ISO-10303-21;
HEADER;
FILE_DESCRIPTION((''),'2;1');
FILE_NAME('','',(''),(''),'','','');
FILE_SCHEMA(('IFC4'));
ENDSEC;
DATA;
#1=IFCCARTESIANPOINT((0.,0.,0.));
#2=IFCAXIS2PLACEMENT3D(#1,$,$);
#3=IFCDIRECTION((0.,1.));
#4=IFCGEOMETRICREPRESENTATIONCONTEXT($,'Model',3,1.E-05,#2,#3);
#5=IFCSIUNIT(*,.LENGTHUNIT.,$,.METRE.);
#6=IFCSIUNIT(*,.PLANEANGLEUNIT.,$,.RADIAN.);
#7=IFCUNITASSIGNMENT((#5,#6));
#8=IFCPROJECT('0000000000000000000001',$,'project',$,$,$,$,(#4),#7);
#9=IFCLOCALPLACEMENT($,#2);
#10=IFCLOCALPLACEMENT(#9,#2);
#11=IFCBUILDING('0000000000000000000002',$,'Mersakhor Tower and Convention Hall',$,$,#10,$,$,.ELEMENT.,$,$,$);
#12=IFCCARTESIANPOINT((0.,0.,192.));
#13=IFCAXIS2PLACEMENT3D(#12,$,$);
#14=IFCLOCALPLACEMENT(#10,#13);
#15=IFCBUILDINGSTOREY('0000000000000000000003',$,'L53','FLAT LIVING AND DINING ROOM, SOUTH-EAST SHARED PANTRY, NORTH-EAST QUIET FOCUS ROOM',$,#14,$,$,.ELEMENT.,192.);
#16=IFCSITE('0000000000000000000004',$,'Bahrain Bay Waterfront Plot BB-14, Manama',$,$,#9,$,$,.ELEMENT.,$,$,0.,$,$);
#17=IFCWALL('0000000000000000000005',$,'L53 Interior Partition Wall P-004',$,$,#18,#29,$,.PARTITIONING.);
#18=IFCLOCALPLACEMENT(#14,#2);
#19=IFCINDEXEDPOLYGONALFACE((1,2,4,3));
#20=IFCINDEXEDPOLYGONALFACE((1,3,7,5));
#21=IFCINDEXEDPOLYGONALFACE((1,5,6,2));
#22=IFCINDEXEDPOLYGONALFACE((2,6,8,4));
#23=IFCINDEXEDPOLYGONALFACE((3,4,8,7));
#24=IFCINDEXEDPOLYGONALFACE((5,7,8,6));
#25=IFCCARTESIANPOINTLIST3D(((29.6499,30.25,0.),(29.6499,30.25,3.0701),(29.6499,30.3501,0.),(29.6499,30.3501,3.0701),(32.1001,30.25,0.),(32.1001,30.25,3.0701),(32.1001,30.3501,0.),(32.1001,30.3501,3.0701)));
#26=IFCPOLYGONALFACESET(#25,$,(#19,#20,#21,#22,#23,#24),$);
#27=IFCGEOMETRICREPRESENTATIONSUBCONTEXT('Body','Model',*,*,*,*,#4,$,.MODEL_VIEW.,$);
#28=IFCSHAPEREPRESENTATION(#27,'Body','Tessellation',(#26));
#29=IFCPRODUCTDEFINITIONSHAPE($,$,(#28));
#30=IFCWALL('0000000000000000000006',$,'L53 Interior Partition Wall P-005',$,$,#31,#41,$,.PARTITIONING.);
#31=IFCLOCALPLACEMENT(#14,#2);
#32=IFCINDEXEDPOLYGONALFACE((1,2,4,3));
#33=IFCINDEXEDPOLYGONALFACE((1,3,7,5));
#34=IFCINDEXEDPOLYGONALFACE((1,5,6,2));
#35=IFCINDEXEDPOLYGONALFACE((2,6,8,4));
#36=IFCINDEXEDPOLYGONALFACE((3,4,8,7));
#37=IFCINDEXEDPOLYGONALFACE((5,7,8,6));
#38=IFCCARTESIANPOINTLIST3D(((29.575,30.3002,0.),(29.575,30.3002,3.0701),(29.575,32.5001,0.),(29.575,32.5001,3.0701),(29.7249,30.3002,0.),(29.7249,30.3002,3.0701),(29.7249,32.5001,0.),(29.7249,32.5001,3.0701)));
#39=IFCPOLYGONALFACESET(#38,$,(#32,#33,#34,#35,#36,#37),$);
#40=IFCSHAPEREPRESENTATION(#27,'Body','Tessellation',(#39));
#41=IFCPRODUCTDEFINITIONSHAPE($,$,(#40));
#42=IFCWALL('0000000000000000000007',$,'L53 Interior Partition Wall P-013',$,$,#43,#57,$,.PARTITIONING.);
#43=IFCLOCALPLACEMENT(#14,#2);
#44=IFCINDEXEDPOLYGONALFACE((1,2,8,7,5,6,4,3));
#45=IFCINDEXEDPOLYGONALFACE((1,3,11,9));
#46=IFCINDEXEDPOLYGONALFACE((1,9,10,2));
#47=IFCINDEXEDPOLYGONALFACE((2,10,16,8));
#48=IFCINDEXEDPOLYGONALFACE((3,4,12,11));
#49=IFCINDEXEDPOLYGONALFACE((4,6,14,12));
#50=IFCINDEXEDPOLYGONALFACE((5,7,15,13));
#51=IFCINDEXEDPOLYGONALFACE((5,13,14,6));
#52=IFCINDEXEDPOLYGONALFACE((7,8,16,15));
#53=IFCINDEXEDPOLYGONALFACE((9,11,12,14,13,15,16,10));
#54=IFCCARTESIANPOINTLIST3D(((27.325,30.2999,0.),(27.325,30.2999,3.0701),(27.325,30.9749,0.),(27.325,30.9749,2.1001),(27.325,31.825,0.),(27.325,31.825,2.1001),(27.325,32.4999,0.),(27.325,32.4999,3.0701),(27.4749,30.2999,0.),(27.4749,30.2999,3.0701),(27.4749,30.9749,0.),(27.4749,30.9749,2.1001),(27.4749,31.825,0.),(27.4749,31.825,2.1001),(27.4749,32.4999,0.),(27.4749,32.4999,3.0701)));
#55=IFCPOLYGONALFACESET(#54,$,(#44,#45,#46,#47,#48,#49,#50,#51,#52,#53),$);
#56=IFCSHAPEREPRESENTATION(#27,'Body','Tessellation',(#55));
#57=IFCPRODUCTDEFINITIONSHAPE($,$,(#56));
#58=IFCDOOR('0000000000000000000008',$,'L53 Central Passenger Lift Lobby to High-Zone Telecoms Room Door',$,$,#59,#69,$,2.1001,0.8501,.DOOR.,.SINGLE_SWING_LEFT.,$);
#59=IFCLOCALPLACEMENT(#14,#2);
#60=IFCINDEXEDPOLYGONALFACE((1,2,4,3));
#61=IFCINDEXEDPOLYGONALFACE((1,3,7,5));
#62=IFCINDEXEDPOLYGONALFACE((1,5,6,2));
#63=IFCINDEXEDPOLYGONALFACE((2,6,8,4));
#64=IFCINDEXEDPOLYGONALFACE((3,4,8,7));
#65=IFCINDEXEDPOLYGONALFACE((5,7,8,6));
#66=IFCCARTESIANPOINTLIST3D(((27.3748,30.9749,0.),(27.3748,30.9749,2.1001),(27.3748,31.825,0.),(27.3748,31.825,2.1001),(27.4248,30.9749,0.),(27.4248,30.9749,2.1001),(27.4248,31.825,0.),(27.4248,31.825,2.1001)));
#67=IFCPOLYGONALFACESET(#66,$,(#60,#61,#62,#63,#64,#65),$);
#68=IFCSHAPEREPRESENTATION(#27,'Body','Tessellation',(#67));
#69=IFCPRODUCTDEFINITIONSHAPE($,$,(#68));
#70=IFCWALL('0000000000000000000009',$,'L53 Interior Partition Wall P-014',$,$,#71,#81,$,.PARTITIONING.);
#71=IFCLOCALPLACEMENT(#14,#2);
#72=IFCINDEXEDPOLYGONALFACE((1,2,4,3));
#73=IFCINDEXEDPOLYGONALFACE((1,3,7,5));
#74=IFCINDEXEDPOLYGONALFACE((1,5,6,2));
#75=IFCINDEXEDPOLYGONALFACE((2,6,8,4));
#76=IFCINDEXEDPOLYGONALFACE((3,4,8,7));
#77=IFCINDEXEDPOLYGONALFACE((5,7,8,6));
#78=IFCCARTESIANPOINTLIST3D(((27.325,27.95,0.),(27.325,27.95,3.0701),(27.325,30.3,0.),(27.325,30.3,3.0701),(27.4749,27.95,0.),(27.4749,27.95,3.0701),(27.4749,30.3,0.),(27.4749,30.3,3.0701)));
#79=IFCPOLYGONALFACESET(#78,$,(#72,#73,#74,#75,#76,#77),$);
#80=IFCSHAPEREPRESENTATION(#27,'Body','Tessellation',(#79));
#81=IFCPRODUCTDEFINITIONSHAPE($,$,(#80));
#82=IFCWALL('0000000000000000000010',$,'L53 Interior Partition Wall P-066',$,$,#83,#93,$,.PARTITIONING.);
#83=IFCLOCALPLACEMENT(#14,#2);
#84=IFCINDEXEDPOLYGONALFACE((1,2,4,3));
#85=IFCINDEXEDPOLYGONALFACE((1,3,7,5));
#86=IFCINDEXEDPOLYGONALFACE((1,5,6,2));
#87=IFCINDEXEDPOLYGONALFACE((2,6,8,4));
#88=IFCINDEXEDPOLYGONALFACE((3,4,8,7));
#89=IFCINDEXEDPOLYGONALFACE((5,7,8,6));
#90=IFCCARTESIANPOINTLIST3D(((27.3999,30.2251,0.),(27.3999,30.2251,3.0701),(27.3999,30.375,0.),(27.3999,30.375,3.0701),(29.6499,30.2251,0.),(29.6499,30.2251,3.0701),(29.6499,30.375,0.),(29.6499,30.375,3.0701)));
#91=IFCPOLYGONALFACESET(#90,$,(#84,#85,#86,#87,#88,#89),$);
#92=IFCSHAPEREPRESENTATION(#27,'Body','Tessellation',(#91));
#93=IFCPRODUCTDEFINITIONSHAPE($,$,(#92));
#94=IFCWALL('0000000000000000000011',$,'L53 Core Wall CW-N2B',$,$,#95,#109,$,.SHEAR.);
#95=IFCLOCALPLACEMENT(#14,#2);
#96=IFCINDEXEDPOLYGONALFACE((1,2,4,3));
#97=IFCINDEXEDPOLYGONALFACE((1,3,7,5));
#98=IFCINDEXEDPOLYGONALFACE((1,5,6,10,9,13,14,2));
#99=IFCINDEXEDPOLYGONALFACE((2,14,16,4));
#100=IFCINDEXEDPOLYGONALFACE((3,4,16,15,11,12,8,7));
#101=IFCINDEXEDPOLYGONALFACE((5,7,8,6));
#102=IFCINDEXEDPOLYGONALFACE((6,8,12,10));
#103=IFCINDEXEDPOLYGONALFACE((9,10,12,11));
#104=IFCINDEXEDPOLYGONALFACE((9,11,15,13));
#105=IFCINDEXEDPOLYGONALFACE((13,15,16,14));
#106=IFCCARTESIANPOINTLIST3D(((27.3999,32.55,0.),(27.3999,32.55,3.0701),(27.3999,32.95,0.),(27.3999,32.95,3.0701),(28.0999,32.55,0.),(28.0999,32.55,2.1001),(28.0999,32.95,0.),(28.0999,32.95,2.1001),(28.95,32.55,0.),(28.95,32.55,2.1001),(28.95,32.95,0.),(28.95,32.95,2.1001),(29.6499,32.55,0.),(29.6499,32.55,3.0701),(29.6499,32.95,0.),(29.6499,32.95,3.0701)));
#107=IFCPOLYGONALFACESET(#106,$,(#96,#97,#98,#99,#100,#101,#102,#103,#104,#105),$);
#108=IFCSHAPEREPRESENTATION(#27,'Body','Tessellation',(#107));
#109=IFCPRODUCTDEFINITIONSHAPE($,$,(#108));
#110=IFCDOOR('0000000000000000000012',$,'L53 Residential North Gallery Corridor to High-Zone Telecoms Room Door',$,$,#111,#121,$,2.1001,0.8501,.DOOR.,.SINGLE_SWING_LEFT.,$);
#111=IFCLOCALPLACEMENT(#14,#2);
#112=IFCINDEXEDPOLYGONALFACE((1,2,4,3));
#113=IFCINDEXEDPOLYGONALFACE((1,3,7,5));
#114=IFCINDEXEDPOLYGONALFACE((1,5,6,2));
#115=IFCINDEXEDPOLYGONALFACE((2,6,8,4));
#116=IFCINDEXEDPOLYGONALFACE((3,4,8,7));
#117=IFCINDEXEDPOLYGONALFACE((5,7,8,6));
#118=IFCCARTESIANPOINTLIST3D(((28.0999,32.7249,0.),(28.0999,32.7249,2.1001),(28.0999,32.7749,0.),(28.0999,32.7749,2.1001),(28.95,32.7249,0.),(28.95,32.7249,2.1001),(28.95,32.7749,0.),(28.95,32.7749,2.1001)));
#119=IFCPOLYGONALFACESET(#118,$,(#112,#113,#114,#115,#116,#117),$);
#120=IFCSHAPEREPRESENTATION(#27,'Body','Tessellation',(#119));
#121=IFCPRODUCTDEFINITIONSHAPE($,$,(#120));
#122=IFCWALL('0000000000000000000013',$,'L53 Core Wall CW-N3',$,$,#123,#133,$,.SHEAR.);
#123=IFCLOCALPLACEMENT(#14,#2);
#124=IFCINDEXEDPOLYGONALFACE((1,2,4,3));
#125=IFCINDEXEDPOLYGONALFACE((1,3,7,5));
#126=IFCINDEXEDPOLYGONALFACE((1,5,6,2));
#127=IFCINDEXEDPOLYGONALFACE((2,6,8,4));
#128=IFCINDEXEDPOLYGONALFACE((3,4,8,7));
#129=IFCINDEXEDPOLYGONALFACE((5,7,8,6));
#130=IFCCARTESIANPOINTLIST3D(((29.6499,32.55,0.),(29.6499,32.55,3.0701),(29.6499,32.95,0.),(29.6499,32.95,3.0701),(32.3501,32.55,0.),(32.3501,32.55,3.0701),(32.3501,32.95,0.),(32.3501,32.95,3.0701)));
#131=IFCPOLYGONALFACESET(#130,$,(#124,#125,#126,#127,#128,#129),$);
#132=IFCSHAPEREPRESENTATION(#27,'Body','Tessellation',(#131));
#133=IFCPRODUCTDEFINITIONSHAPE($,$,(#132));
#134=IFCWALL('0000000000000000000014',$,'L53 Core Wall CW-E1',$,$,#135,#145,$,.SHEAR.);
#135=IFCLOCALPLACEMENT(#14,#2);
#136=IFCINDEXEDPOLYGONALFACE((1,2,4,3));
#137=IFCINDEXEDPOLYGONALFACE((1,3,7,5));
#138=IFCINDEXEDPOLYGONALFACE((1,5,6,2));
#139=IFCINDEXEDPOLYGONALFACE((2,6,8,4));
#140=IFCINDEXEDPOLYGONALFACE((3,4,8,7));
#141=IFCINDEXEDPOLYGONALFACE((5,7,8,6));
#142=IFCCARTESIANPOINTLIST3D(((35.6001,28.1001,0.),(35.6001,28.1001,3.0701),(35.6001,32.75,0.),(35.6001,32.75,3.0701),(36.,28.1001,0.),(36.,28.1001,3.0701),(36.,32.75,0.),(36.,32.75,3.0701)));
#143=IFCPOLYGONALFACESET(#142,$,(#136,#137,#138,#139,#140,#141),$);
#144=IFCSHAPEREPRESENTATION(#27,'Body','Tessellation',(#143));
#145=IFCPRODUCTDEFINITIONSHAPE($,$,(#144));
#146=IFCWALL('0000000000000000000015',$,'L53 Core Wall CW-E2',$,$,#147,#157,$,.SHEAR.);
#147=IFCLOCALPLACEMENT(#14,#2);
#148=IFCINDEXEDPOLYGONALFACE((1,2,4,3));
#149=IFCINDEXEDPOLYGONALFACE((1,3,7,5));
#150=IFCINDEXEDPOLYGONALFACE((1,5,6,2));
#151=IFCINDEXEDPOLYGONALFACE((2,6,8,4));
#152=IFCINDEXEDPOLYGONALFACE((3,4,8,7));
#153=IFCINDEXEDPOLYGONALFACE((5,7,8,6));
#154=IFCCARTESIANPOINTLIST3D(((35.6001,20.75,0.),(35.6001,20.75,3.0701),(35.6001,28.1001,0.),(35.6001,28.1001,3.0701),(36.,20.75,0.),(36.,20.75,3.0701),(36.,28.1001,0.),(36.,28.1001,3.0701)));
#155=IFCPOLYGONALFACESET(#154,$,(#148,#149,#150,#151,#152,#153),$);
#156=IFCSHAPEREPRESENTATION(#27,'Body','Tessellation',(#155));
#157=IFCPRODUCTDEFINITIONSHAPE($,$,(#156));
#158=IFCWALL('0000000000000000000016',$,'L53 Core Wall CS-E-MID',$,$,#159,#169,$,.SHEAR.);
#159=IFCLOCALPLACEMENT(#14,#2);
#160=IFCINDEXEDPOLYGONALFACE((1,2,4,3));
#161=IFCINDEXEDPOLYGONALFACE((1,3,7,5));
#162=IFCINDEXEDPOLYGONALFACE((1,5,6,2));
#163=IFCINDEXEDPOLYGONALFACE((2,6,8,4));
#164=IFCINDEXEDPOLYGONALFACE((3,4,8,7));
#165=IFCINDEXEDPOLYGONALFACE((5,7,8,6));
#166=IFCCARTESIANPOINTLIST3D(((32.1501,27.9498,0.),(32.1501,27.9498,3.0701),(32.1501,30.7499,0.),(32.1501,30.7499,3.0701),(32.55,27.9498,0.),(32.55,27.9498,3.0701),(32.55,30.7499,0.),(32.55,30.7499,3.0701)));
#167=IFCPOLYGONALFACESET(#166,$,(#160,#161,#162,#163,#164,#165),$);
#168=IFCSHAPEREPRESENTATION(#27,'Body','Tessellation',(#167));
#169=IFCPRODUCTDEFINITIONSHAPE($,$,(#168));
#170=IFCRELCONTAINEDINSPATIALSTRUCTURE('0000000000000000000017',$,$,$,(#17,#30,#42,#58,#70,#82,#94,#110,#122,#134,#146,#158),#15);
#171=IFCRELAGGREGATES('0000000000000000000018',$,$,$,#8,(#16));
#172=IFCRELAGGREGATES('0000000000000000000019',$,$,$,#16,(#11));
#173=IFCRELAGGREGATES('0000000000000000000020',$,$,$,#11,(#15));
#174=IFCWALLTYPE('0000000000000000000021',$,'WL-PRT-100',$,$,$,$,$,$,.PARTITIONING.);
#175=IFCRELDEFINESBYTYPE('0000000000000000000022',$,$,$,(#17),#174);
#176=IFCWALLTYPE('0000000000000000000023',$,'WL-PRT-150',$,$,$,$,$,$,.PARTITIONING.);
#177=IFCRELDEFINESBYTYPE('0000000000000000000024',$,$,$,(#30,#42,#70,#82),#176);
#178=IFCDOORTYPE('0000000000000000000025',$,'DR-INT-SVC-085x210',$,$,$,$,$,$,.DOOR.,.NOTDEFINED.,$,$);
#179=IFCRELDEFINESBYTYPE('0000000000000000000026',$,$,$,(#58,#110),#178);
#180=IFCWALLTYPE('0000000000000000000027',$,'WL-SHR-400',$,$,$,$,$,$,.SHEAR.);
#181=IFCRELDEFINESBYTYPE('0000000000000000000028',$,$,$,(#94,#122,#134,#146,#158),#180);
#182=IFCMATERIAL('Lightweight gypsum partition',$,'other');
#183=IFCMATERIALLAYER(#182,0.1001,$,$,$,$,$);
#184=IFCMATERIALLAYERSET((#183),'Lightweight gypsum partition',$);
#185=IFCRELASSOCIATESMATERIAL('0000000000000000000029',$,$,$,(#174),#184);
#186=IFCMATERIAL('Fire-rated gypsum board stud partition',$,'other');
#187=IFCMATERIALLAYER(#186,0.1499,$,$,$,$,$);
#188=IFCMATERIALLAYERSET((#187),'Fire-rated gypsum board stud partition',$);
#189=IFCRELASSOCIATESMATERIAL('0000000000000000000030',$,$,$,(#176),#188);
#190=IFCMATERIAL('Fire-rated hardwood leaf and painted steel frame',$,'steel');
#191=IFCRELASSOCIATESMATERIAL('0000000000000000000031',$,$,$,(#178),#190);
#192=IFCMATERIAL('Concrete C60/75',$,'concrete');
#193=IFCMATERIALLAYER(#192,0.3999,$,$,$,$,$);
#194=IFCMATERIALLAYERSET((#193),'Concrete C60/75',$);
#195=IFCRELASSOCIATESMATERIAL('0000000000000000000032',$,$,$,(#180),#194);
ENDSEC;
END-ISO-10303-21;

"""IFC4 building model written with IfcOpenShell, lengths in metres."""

from ifc_helpers import new_model, si_unit, direction, frame, frame_2d, origin, place, context, subcontext, project, spatial, rectangle, extrude, material, layer, layer_set, type_object, element, fill, save


model = new_model("IFC4")

# Units and contexts
model_context = context("Model", 3, precision=1e-05, world=origin(), true_north=direction((0.0, 1.0)))
body_context = subcontext(model_context, "Body", "Model", "MODEL_VIEW")
ifc_project = project(units=[si_unit("LENGTHUNIT", "METRE"), si_unit("PLANEANGLEUNIT", "RADIAN")], contexts=[model_context])

# Site, building, storey
site_placement = place(None, origin())
site = spatial("IfcSite", under=ifc_project, at=site_placement, Name="Bahrain Bay Waterfront Plot BB-14, Manama", CompositionType="ELEMENT", RefElevation=0.0)
building_placement = place(site_placement, origin())
building = spatial("IfcBuilding", under=site, at=building_placement, Name="Mersakhor Tower and Convention Hall", CompositionType="ELEMENT")
storey_placement = place(building_placement, frame((0.0, 0.0, 192.0)))
storey = spatial("IfcBuildingStorey", under=building, at=storey_placement, Name="L53", Description="FLAT LIVING AND DINING ROOM, SOUTH-EAST SHARED PANTRY, NORTH-EAST QUIET FOCUS ROOM", CompositionType="ELEMENT", Elevation=192.0)

# Walls
ifc_material_1 = material(Name="Lightweight gypsum partition", Category="other")
ifc_layer_1 = layer(ifc_material_1, 0.1001)
ifc_layer_set_1 = layer_set([ifc_layer_1], Name="Lightweight gypsum partition")
wall_type_1 = type_object("IfcWallType", Name="WL-PRT-100", PredefinedType="PARTITIONING", material=ifc_layer_set_1)
wall_1_placement = place(storey_placement, frame((32.1001, 30.3, 0.0), z_axis=(0.0, 0.0, 1.0), x_axis=(-1.0, 0.0, 0.0)))
element("IfcWall", 1, at=wall_1_placement, inside=storey, type_object=wall_type_1, Name="L53 Interior Partition Wall P-004", PredefinedType="PARTITIONING", context=body_context, shape_type="SweptSolid", body=[
    extrude(rectangle(XDim=2.4502, YDim=0.1001, at=frame_2d((1.2251, 0.0))), origin(), (0.0, 0.0, 1.0), 3.0701),
])
ifc_material_2 = material(Name="Fire-rated gypsum board stud partition", Category="other")
ifc_layer_2 = layer(ifc_material_2, 0.1499)
ifc_layer_set_2 = layer_set([ifc_layer_2], Name="Fire-rated gypsum board stud partition")
wall_type_2 = type_object("IfcWallType", Name="WL-PRT-150", PredefinedType="PARTITIONING", material=ifc_layer_set_2)
wall_2_placement = place(storey_placement, frame((29.6499, 30.3, 0.0), z_axis=(0.0, 0.0, 1.0), x_axis=(0.0, 1.0, 0.0)))
element("IfcWall", 2, at=wall_2_placement, inside=storey, type_object=wall_type_2, Name="L53 Interior Partition Wall P-005", PredefinedType="PARTITIONING", context=body_context, shape_type="SweptSolid", body=[
    extrude(rectangle(XDim=2.2, YDim=0.1499, at=frame_2d((1.1001, 0.0))), origin(), (0.0, 0.0, 1.0), 3.0701),
])

# Wall, opening, door
wall_3_placement = place(storey_placement, frame((27.3999, 32.5, 0.0), z_axis=(0.0, 0.0, 1.0), x_axis=(0.0, -1.0, 0.0)))
wall_3 = element("IfcWall", 3, at=wall_3_placement, inside=storey, type_object=wall_type_2, Name="L53 Interior Partition Wall P-013", PredefinedType="PARTITIONING", context=body_context, shape_type="SweptSolid", body=[
    extrude(rectangle(XDim=2.2, YDim=0.1499, at=frame_2d((1.1001, 0.0))), origin(), (0.0, 0.0, 1.0), 3.0701),
])
opening_1_placement = place(wall_3_placement, frame((0.675, 0.0, 0.0)))
opening_1 = element("IfcOpeningElement", 4, at=opening_1_placement, cuts=wall_3, PredefinedType="OPENING", context=body_context, shape_type="SweptSolid", body=[
    extrude(rectangle(XDim=0.8501, YDim=2.1001, at=frame_2d((0.425, 1.05))), frame((0.0, 0.085, 0.0), z_axis=(0.0, -1.0, 0.0), x_axis=(1.0, 0.0, 0.0)), (0.0, 0.0, 1.0), 0.1699),
])
ifc_material_3 = material(Name="Fire-rated hardwood leaf and painted steel frame", Category="steel")
door_type_1 = type_object("IfcDoorType", Name="DR-INT-SVC-085x210", OperationType="NOTDEFINED", PredefinedType="DOOR", material=ifc_material_3)
door_1_placement = place(opening_1_placement, origin())
door_1 = element("IfcDoor", 5, at=door_1_placement, inside=storey, type_object=door_type_1, Name="L53 Central Passenger Lift Lobby to High-Zone Telecoms Room Door", OperationType="SINGLE_SWING_LEFT", OverallHeight=2.1001, OverallWidth=0.8501, PredefinedType="DOOR", context=body_context, shape_type="SweptSolid", body=[
    extrude(rectangle(XDim=0.8501, YDim=2.1001, at=frame_2d((0.425, 1.05))), frame((0.0, 0.0249, 0.0), z_axis=(0.0, -1.0, 0.0), x_axis=(1.0, 0.0, 0.0)), (0.0, 0.0, 1.0), 0.05),
])
fill(opening_1, door_1)

# Wall
wall_4_placement = place(storey_placement, frame((27.3999, 30.3, 0.0), z_axis=(0.0, 0.0, 1.0), x_axis=(0.0, -1.0, 0.0)))
element("IfcWall", 6, at=wall_4_placement, inside=storey, type_object=wall_type_2, Name="L53 Interior Partition Wall P-014", PredefinedType="PARTITIONING", context=body_context, shape_type="SweptSolid", body=[
    extrude(rectangle(XDim=2.3501, YDim=0.1499, at=frame_2d((1.175, 0.0))), origin(), (0.0, 0.0, 1.0), 3.0701),
])

# Wall
wall_5_placement = place(storey_placement, frame((27.3999, 30.3, 0.0), z_axis=(0.0, 0.0, 1.0), x_axis=(1.0, 0.0, 0.0)))
element("IfcWall", 7, at=wall_5_placement, inside=storey, type_object=wall_type_2, Name="L53 Interior Partition Wall P-066", PredefinedType="PARTITIONING", context=body_context, shape_type="SweptSolid", body=[
    extrude(rectangle(XDim=2.25, YDim=0.1499, at=frame_2d((1.125, 0.0))), origin(), (0.0, 0.0, 1.0), 3.0701),
])

# Wall, opening, door
ifc_material_4 = material(Name="Concrete C60/75", Category="concrete")
ifc_layer_3 = layer(ifc_material_4, 0.3999)
ifc_layer_set_3 = layer_set([ifc_layer_3], Name="Concrete C60/75")
wall_type_3 = type_object("IfcWallType", Name="WL-SHR-400", PredefinedType="SHEAR", material=ifc_layer_set_3)
wall_6_placement = place(storey_placement, frame((27.3999, 32.75, 0.0), z_axis=(0.0, 0.0, 1.0), x_axis=(1.0, 0.0, 0.0)))
wall_6 = element("IfcWall", 8, at=wall_6_placement, inside=storey, type_object=wall_type_3, Name="L53 Core Wall CW-N2B", PredefinedType="SHEAR", context=body_context, shape_type="SweptSolid", body=[
    extrude(rectangle(XDim=2.25, YDim=0.3999, at=frame_2d((1.125, 0.0))), origin(), (0.0, 0.0, 1.0), 3.0701),
])
opening_2_placement = place(wall_6_placement, frame((0.7, 0.0, 0.0)))
opening_2 = element("IfcOpeningElement", 9, at=opening_2_placement, cuts=wall_6, PredefinedType="OPENING", context=body_context, shape_type="SweptSolid", body=[
    extrude(rectangle(XDim=0.8501, YDim=2.1001, at=frame_2d((0.425, 1.05))), frame((0.0, 0.21, 0.0), z_axis=(0.0, -1.0, 0.0), x_axis=(1.0, 0.0, 0.0)), (0.0, 0.0, 1.0), 0.4199),
])
door_2_placement = place(opening_2_placement, origin())
door_2 = element("IfcDoor", 10, at=door_2_placement, inside=storey, type_object=door_type_1, Name="L53 Residential North Gallery Corridor to High-Zone Telecoms Room Door", OperationType="SINGLE_SWING_LEFT", OverallHeight=2.1001, OverallWidth=0.8501, PredefinedType="DOOR", context=body_context, shape_type="SweptSolid", body=[
    extrude(rectangle(XDim=0.8501, YDim=2.1001, at=frame_2d((0.425, 1.05))), frame((0.0, 0.0249, 0.0), z_axis=(0.0, -1.0, 0.0), x_axis=(1.0, 0.0, 0.0)), (0.0, 0.0, 1.0), 0.05),
])
fill(opening_2, door_2)

# Wall
wall_7_placement = place(storey_placement, frame((29.6499, 32.75, 0.0), z_axis=(0.0, 0.0, 1.0), x_axis=(1.0, 0.0, 0.0)))
element("IfcWall", 11, at=wall_7_placement, inside=storey, type_object=wall_type_3, Name="L53 Core Wall CW-N3", PredefinedType="SHEAR", context=body_context, shape_type="SweptSolid", body=[
    extrude(rectangle(XDim=2.7002, YDim=0.3999, at=frame_2d((1.3501, 0.0))), origin(), (0.0, 0.0, 1.0), 3.0701),
])

# Walls
wall_8_placement = place(storey_placement, frame((35.8, 32.75, 0.0), z_axis=(0.0, 0.0, 1.0), x_axis=(0.0, -1.0, 0.0)))
element("IfcWall", 12, at=wall_8_placement, inside=storey, type_object=wall_type_3, Name="L53 Core Wall CW-E1", PredefinedType="SHEAR", context=body_context, shape_type="SweptSolid", body=[
    extrude(rectangle(XDim=4.6499, YDim=0.3999, at=frame_2d((2.325, 0.0))), origin(), (0.0, 0.0, 1.0), 3.0701),
])
wall_9_placement = place(storey_placement, frame((35.8, 28.1001, 0.0), z_axis=(0.0, 0.0, 1.0), x_axis=(0.0, -1.0, 0.0)))
element("IfcWall", 13, at=wall_9_placement, inside=storey, type_object=wall_type_3, Name="L53 Core Wall CW-E2", PredefinedType="SHEAR", context=body_context, shape_type="SweptSolid", body=[
    extrude(rectangle(XDim=7.3501, YDim=0.3999, at=frame_2d((3.675, 0.0))), origin(), (0.0, 0.0, 1.0), 3.0701),
])
wall_10_placement = place(storey_placement, frame((32.3501, 27.95, 0.0), z_axis=(0.0, 0.0, 1.0), x_axis=(0.0, 1.0, 0.0)))
element("IfcWall", 14, at=wall_10_placement, inside=storey, type_object=wall_type_3, Name="L53 Core Wall CS-E-MID", PredefinedType="SHEAR", context=body_context, shape_type="SweptSolid", body=[
    extrude(rectangle(XDim=2.8, YDim=0.3999, at=frame_2d((1.3999, 0.0))), origin(), (0.0, 0.0, 1.0), 3.0701),
])

save(model, "model.ifc")
